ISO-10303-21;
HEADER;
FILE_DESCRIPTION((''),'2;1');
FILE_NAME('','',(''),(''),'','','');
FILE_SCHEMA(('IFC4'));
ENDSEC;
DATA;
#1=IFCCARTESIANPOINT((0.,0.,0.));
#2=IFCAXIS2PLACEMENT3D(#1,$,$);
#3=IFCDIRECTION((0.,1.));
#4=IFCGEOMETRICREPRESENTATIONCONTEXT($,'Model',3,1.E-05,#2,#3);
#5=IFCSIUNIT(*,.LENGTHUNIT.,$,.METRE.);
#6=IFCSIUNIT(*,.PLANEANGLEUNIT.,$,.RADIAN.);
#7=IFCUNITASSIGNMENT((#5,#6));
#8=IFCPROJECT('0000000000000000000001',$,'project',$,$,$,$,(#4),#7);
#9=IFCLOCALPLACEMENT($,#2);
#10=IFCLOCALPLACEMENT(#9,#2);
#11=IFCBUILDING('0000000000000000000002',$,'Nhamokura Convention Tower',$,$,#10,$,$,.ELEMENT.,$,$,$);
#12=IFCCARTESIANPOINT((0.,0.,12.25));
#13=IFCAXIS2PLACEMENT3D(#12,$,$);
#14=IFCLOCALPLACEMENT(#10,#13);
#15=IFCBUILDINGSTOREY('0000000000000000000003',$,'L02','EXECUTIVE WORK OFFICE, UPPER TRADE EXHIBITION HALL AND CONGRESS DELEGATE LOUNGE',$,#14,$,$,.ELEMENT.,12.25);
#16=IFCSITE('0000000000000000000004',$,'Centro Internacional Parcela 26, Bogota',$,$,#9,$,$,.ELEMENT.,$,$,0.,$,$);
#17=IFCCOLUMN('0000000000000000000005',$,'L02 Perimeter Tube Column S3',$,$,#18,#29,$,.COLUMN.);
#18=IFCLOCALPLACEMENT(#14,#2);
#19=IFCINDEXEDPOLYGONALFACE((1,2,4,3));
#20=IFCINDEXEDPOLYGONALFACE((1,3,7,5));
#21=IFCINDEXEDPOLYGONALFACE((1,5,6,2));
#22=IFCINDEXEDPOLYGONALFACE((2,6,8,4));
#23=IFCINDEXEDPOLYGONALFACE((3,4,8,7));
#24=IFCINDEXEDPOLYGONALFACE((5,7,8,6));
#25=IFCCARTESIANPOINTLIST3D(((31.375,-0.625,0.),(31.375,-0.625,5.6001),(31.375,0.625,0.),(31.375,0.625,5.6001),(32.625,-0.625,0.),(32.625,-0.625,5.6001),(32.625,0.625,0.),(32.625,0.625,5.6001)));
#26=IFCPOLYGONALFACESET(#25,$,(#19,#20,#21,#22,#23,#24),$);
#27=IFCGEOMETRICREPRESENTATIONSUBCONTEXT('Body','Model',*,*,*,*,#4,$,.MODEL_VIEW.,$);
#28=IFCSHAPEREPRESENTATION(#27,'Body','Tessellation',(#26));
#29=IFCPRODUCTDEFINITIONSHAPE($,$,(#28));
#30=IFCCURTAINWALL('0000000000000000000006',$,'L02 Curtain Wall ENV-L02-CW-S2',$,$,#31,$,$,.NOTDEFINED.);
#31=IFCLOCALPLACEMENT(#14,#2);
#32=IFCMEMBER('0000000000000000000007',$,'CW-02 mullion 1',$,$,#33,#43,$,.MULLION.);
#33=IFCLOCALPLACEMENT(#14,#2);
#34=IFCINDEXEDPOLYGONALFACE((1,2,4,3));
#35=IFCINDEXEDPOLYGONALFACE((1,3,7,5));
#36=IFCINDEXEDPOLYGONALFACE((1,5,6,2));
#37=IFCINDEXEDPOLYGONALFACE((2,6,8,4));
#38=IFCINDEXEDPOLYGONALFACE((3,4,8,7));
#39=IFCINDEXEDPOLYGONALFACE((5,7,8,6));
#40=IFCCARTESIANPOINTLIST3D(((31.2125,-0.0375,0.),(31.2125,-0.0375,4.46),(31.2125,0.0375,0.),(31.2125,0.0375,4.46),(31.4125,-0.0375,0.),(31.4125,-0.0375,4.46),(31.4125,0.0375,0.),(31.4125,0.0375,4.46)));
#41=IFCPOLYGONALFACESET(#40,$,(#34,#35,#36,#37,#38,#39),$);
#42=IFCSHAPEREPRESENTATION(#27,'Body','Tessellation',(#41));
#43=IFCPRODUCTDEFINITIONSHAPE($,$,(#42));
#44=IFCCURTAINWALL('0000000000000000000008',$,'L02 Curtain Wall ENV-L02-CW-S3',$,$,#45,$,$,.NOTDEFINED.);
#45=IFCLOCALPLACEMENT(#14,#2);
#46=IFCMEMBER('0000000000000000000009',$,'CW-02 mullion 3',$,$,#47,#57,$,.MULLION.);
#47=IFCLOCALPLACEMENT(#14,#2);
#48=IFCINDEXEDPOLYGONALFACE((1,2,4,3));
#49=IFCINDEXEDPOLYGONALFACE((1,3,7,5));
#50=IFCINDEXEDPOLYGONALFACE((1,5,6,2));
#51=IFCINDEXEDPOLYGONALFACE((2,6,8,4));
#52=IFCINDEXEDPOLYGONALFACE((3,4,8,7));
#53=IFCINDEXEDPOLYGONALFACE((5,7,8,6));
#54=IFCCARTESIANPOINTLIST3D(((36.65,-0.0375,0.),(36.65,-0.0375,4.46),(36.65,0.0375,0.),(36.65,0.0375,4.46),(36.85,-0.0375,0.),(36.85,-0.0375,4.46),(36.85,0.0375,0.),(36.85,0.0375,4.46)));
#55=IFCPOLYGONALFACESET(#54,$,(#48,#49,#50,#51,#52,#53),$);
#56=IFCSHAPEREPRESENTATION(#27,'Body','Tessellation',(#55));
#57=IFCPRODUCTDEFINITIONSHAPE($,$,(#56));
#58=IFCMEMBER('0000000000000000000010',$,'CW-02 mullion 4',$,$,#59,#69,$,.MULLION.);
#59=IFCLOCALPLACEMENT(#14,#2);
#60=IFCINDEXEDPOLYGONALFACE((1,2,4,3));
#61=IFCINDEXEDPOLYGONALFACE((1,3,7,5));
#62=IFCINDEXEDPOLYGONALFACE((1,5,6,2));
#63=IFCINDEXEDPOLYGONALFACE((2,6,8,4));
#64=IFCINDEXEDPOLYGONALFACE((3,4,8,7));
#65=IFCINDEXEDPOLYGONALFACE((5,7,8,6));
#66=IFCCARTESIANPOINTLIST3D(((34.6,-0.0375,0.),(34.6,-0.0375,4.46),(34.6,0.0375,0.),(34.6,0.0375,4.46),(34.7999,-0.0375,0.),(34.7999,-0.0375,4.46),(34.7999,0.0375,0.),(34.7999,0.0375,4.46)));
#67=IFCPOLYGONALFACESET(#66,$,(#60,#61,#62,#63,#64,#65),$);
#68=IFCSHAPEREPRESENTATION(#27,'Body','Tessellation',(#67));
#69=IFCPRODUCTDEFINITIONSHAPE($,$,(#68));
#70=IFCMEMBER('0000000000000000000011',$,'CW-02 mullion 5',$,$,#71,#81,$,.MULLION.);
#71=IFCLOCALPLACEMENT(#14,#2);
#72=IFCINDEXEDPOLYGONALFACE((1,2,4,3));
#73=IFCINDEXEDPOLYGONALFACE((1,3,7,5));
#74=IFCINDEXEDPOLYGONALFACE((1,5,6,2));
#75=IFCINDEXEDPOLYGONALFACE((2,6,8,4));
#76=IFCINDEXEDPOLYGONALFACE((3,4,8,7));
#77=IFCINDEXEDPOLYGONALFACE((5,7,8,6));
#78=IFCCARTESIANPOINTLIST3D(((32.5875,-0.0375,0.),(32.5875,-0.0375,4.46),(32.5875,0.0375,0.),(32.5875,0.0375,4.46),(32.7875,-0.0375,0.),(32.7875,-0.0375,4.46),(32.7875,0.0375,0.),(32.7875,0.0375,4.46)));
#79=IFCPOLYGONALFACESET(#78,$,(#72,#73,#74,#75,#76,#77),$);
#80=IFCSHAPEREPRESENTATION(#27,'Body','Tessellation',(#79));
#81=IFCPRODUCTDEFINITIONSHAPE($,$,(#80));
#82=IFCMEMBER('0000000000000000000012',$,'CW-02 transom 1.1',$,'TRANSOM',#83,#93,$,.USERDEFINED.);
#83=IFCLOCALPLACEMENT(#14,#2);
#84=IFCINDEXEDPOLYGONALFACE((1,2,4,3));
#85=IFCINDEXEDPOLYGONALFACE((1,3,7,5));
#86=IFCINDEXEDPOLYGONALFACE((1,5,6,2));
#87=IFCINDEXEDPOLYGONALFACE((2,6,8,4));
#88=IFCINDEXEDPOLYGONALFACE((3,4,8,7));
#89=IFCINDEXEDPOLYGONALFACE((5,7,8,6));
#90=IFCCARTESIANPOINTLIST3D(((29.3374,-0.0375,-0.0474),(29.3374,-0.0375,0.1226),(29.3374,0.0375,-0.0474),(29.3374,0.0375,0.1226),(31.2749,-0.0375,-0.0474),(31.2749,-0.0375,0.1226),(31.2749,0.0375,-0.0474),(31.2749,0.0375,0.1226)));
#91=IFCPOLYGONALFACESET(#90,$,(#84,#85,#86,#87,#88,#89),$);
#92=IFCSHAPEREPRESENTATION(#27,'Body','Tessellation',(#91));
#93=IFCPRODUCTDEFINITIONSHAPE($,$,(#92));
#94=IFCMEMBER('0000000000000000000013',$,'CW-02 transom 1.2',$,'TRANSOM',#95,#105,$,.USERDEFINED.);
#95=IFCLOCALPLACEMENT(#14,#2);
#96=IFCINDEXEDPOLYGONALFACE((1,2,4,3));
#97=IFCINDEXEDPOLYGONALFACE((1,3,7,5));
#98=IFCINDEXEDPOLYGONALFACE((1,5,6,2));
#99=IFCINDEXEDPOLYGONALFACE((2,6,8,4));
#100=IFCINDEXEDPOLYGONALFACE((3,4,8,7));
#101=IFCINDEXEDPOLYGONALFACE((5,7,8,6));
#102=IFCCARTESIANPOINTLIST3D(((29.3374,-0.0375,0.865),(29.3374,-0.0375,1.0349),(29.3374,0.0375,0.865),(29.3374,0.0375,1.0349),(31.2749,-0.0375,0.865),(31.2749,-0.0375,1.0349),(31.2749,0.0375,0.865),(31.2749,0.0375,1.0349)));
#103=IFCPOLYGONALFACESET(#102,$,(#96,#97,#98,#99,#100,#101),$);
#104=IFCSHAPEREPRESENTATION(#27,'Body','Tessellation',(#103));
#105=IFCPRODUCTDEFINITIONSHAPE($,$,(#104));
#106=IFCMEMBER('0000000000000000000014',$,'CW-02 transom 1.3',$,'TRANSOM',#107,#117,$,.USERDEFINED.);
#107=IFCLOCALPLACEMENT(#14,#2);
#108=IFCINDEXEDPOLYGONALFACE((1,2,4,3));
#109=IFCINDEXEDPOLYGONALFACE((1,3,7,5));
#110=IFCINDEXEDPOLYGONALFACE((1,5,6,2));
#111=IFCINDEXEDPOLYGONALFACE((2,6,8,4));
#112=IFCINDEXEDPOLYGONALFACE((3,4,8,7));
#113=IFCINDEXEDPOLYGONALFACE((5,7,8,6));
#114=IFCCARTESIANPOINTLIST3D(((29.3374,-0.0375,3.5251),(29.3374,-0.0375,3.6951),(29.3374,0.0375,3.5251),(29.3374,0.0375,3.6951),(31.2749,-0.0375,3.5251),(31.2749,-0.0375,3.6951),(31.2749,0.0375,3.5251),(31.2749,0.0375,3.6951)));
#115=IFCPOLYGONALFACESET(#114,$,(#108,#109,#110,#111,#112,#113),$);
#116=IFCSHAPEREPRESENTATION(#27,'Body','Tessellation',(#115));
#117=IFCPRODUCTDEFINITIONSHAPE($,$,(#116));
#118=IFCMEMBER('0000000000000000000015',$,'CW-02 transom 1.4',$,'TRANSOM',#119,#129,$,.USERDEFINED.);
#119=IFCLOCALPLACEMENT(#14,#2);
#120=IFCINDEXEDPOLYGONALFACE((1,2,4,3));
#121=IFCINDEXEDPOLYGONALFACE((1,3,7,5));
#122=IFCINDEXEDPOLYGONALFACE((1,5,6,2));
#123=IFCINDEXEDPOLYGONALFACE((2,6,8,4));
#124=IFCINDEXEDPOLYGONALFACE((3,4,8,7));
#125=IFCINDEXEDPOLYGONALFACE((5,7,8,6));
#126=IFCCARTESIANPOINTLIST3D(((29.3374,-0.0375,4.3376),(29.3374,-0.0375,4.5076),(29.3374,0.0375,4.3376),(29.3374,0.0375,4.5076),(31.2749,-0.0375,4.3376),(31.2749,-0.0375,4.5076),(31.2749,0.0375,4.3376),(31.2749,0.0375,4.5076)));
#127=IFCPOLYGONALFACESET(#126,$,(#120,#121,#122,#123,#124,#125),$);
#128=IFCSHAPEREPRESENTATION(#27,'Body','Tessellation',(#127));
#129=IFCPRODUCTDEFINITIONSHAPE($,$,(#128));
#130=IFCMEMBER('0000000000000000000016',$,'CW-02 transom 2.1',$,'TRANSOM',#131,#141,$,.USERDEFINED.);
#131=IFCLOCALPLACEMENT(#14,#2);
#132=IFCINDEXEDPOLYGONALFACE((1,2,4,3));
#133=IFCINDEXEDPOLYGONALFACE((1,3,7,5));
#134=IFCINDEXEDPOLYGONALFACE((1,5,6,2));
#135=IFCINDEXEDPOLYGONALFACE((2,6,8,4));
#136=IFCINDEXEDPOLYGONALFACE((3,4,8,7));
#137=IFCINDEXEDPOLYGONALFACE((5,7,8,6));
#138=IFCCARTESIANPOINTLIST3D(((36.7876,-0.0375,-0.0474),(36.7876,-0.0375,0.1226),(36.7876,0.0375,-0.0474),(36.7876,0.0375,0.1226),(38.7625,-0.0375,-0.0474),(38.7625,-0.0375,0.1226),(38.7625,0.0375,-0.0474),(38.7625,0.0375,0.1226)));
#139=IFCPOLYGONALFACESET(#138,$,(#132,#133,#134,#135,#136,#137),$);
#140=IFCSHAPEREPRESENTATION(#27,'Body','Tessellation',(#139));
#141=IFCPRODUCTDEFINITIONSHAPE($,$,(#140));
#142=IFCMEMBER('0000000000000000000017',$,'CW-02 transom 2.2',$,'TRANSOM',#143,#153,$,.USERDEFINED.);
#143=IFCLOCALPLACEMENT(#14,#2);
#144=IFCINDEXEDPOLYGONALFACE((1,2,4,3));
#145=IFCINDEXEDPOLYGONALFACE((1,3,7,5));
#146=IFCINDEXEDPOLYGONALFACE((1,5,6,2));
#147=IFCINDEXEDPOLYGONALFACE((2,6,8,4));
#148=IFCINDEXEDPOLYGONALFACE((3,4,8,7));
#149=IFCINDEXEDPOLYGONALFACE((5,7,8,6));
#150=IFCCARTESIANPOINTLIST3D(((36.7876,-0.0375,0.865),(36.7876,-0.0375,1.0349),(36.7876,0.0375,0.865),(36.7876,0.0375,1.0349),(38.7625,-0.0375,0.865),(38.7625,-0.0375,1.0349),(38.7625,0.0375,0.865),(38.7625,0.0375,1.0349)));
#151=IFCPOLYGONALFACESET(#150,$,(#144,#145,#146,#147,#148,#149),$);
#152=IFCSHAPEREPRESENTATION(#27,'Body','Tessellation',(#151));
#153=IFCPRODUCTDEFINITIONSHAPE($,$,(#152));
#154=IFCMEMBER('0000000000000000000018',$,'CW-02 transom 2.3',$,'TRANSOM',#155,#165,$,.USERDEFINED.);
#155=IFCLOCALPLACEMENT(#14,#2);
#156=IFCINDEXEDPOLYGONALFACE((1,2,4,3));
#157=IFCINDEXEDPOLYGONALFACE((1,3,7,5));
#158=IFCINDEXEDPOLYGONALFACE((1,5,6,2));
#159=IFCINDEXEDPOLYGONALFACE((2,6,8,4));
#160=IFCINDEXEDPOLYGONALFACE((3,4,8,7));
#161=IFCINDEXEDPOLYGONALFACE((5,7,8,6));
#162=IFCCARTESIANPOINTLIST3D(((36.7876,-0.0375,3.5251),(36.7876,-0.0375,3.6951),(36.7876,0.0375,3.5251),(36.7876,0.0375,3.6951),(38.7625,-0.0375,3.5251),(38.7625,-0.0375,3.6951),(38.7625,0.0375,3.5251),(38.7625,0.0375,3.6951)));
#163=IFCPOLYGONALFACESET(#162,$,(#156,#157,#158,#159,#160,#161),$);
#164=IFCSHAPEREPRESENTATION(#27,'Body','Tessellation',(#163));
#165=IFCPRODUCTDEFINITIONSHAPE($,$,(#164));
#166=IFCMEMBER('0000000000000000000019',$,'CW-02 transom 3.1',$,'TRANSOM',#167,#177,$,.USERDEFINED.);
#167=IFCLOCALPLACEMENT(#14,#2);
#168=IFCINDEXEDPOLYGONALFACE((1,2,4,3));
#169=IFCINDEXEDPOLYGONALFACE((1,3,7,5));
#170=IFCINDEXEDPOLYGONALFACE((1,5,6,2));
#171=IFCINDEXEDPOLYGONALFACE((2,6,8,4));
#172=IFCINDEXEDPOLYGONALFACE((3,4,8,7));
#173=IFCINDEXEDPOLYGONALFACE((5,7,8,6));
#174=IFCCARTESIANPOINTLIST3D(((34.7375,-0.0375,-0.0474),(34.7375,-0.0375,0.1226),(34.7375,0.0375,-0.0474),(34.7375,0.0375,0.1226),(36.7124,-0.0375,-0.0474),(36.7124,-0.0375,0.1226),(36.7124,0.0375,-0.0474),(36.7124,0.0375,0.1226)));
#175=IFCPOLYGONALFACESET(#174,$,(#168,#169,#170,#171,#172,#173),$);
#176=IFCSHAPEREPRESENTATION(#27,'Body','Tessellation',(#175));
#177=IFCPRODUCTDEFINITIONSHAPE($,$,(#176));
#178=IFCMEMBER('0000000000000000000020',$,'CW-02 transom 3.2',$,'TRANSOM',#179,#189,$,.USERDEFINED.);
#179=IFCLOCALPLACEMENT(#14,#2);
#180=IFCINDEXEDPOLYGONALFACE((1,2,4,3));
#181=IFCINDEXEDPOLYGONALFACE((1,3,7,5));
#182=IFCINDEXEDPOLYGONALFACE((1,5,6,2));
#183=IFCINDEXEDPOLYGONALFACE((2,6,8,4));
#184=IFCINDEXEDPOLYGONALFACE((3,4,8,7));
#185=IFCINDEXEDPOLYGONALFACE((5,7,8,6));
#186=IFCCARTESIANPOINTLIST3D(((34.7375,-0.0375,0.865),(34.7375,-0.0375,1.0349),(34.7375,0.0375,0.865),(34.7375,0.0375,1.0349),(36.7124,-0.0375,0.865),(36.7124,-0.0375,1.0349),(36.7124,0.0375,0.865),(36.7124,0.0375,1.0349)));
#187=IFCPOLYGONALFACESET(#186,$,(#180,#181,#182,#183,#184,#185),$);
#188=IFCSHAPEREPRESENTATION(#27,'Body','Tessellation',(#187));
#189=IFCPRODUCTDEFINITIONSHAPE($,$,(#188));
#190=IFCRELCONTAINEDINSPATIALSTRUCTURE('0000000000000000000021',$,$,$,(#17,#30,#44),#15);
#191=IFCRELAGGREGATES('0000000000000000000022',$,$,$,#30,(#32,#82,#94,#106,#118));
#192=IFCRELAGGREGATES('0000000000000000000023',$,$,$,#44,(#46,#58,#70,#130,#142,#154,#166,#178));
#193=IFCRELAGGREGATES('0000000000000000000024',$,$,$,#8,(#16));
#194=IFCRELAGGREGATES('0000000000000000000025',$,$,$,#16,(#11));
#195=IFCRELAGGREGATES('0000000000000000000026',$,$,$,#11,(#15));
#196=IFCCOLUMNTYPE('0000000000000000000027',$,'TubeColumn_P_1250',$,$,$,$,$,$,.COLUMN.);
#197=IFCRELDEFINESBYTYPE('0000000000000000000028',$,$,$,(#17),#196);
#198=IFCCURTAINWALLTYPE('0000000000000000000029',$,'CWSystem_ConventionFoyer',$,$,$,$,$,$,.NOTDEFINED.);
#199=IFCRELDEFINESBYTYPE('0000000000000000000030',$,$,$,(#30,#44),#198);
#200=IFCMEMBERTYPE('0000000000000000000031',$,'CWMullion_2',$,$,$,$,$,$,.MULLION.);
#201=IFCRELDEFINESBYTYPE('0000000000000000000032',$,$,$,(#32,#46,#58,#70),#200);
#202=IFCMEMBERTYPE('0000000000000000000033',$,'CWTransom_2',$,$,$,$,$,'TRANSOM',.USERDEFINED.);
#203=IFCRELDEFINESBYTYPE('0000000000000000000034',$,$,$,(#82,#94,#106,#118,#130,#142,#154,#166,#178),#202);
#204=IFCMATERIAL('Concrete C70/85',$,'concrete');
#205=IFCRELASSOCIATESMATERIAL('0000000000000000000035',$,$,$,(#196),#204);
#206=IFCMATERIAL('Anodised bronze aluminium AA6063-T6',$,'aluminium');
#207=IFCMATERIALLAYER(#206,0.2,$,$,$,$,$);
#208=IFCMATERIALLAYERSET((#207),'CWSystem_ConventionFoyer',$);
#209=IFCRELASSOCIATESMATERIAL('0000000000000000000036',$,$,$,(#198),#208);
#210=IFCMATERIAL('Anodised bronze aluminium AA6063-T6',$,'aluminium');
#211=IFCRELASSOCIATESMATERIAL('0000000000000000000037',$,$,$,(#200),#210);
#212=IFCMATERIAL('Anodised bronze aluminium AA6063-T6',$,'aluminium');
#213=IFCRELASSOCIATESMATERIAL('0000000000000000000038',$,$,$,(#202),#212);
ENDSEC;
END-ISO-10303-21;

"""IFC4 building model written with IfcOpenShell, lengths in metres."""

from ifc_helpers import new_model, si_unit, direction, frame, origin, origin_2d, place, context, subcontext, project, spatial, rectangle, extrude, material, layer, layer_set, material_profile, profile_set, type_object, element, aggregate, save


model = new_model("IFC4")

# Units and contexts
model_context = context("Model", 3, precision=1e-05, world=origin(), true_north=direction((0.0, 1.0)))
body_context = subcontext(model_context, "Body", "Model", "MODEL_VIEW")
ifc_project = project(units=[si_unit("LENGTHUNIT", "METRE"), si_unit("PLANEANGLEUNIT", "RADIAN")], contexts=[model_context])

# Site, building, storey
site_placement = place(None, origin())
site = spatial("IfcSite", under=ifc_project, at=site_placement, Name="Centro Internacional Parcela 26, Bogota", CompositionType="ELEMENT", RefElevation=0.0)
building_placement = place(site_placement, origin())
building = spatial("IfcBuilding", under=site, at=building_placement, Name="Nhamokura Convention Tower", CompositionType="ELEMENT")
storey_placement = place(building_placement, frame((0.0, 0.0, 12.25)))
storey = spatial("IfcBuildingStorey", under=building, at=storey_placement, Name="L02", Description="EXECUTIVE WORK OFFICE, UPPER TRADE EXHIBITION HALL AND CONGRESS DELEGATE LOUNGE", CompositionType="ELEMENT", Elevation=12.25)

# Column
ifc_material_1 = material(Name="Concrete C70/85", Category="concrete")
ifc_material_profile_1 = material_profile(ifc_material_1, rectangle(XDim=1.25, YDim=1.25, at=origin_2d()))
ifc_profile_set_1 = profile_set([ifc_material_profile_1], Name="Concrete C70/85")
column_type = type_object("IfcColumnType", Name="TubeColumn_P_1250", PredefinedType="COLUMN", material=ifc_profile_set_1)
column_placement = place(storey_placement, frame((32.0, 0.0, 0.0), z_axis=(0.0, 0.0, 1.0), x_axis=(1.0, 0.0, 0.0)))
element("IfcColumn", 1, at=column_placement, inside=storey, type_object=column_type, Name="L02 Perimeter Tube Column S3", PredefinedType="COLUMN", context=body_context, shape_type="SweptSolid", body=[
    extrude(rectangle(XDim=1.25, YDim=1.25, at=origin_2d()), origin(), (0.0, 0.0, 1.0), 5.6001),
])

# Curtain wall, member
ifc_material_2 = material(Name="Anodised bronze aluminium AA6063-T6", Category="aluminium")
ifc_layer_1 = layer(ifc_material_2, 0.2)
ifc_layer_set_1 = layer_set([ifc_layer_1], Name="CWSystem_ConventionFoyer")
curtain_wall_type = type_object("IfcCurtainWallType", Name="CWSystem_ConventionFoyer", PredefinedType="NOTDEFINED", material=ifc_layer_set_1)
curtain_wall_1_placement = place(storey_placement, origin())
curtain_wall_1 = element("IfcCurtainWall", 2, at=curtain_wall_1_placement, inside=storey, type_object=curtain_wall_type, Name="L02 Curtain Wall ENV-L02-CW-S2", PredefinedType="NOTDEFINED")
ifc_material_3 = material(Name="Anodised bronze aluminium AA6063-T6", Category="aluminium")
ifc_material_profile_2 = material_profile(ifc_material_3, rectangle(XDim=0.075, YDim=0.2, at=origin_2d()))
ifc_profile_set_2 = profile_set([ifc_material_profile_2], Name="Anodised bronze aluminium AA6063-T6")
member_type_1 = type_object("IfcMemberType", Name="CWMullion_2", PredefinedType="MULLION", material=ifc_profile_set_2)
member_1_placement = place(storey_placement, frame((31.3125, 0.0, 0.0), z_axis=(0.0, 0.0, 1.0), x_axis=(0.0, -1.0, 0.0)))
member_1 = element("IfcMember", 3, at=member_1_placement, type_object=member_type_1, Name="CW-02 mullion 1", PredefinedType="MULLION", context=body_context, shape_type="SweptSolid", body=[
    extrude(rectangle(XDim=0.075, YDim=0.2, at=origin_2d()), origin(), (0.0, 0.0, 1.0), 4.46),
])

# Curtain wall, members
curtain_wall_2_placement = place(storey_placement, origin())
curtain_wall_2 = element("IfcCurtainWall", 4, at=curtain_wall_2_placement, inside=storey, type_object=curtain_wall_type, Name="L02 Curtain Wall ENV-L02-CW-S3", PredefinedType="NOTDEFINED")
member_2_placement = place(storey_placement, frame((36.75, 0.0, 0.0), z_axis=(0.0, 0.0, 1.0), x_axis=(0.0, -1.0, 0.0)))
member_2 = element("IfcMember", 5, at=member_2_placement, type_object=member_type_1, Name="CW-02 mullion 3", PredefinedType="MULLION", context=body_context, shape_type="SweptSolid", body=[
    extrude(rectangle(XDim=0.075, YDim=0.2, at=origin_2d()), origin(), (0.0, 0.0, 1.0), 4.46),
])
member_3_placement = place(storey_placement, frame((34.7, 0.0, 0.0), z_axis=(0.0, 0.0, 1.0), x_axis=(0.0, -1.0, 0.0)))
member_3 = element("IfcMember", 6, at=member_3_placement, type_object=member_type_1, Name="CW-02 mullion 4", PredefinedType="MULLION", context=body_context, shape_type="SweptSolid", body=[
    extrude(rectangle(XDim=0.075, YDim=0.2, at=origin_2d()), origin(), (0.0, 0.0, 1.0), 4.46),
])
member_4_placement = place(storey_placement, frame((32.6875, 0.0, 0.0), z_axis=(0.0, 0.0, 1.0), x_axis=(0.0, -1.0, 0.0)))
member_4 = element("IfcMember", 7, at=member_4_placement, type_object=member_type_1, Name="CW-02 mullion 5", PredefinedType="MULLION", context=body_context, shape_type="SweptSolid", body=[
    extrude(rectangle(XDim=0.075, YDim=0.2, at=origin_2d()), origin(), (0.0, 0.0, 1.0), 4.46),
])

# Members
ifc_material_4 = material(Name="Anodised bronze aluminium AA6063-T6", Category="aluminium")
ifc_material_profile_3 = material_profile(ifc_material_4, rectangle(XDim=0.075, YDim=0.1699, at=origin_2d()))
ifc_profile_set_3 = profile_set([ifc_material_profile_3], Name="Anodised bronze aluminium AA6063-T6")
member_type_2 = type_object("IfcMemberType", Name="CWTransom_2", ElementType="TRANSOM", PredefinedType="USERDEFINED", material=ifc_profile_set_3)
member_5_placement = place(storey_placement, frame((31.2749, 0.0, 0.0376), z_axis=(-1.0, 0.0, 0.0), x_axis=(0.0, -1.0, 0.0)))
member_5 = element("IfcMember", 8, at=member_5_placement, type_object=member_type_2, Name="CW-02 transom 1.1", ObjectType="TRANSOM", PredefinedType="USERDEFINED", context=body_context, shape_type="SweptSolid", body=[
    extrude(rectangle(XDim=0.075, YDim=0.1699, at=origin_2d()), origin(), (0.0, 0.0, 1.0), 1.9375),
])
member_6_placement = place(storey_placement, frame((31.2749, 0.0, 0.95), z_axis=(-1.0, 0.0, 0.0), x_axis=(0.0, -1.0, 0.0)))
member_6 = element("IfcMember", 9, at=member_6_placement, type_object=member_type_2, Name="CW-02 transom 1.2", ObjectType="TRANSOM", PredefinedType="USERDEFINED", context=body_context, shape_type="SweptSolid", body=[
    extrude(rectangle(XDim=0.075, YDim=0.1699, at=origin_2d()), origin(), (0.0, 0.0, 1.0), 1.9375),
])
member_7_placement = place(storey_placement, frame((31.2749, 0.0, 3.6101), z_axis=(-1.0, 0.0, 0.0), x_axis=(0.0, -1.0, 0.0)))
member_7 = element("IfcMember", 10, at=member_7_placement, type_object=member_type_2, Name="CW-02 transom 1.3", ObjectType="TRANSOM", PredefinedType="USERDEFINED", context=body_context, shape_type="SweptSolid", body=[
    extrude(rectangle(XDim=0.075, YDim=0.1699, at=origin_2d()), origin(), (0.0, 0.0, 1.0), 1.9375),
])
member_8_placement = place(storey_placement, frame((31.2749, 0.0, 4.4226), z_axis=(-1.0, 0.0, 0.0), x_axis=(0.0, -1.0, 0.0)))
member_8 = element("IfcMember", 11, at=member_8_placement, type_object=member_type_2, Name="CW-02 transom 1.4", ObjectType="TRANSOM", PredefinedType="USERDEFINED", context=body_context, shape_type="SweptSolid", body=[
    extrude(rectangle(XDim=0.075, YDim=0.1699, at=origin_2d()), origin(), (0.0, 0.0, 1.0), 1.9375),
])
member_9_placement = place(storey_placement, frame((38.7625, 0.0, 0.0376), z_axis=(-1.0, 0.0, 0.0), x_axis=(0.0, -1.0, 0.0)))
member_9 = element("IfcMember", 12, at=member_9_placement, type_object=member_type_2, Name="CW-02 transom 2.1", ObjectType="TRANSOM", PredefinedType="USERDEFINED", context=body_context, shape_type="SweptSolid", body=[
    extrude(rectangle(XDim=0.075, YDim=0.1699, at=origin_2d()), origin(), (0.0, 0.0, 1.0), 1.9749),
])
member_10_placement = place(storey_placement, frame((38.7625, 0.0, 0.95), z_axis=(-1.0, 0.0, 0.0), x_axis=(0.0, -1.0, 0.0)))
member_10 = element("IfcMember", 13, at=member_10_placement, type_object=member_type_2, Name="CW-02 transom 2.2", ObjectType="TRANSOM", PredefinedType="USERDEFINED", context=body_context, shape_type="SweptSolid", body=[
    extrude(rectangle(XDim=0.075, YDim=0.1699, at=origin_2d()), origin(), (0.0, 0.0, 1.0), 1.9749),
])
member_11_placement = place(storey_placement, frame((38.7625, 0.0, 3.6101), z_axis=(-1.0, 0.0, 0.0), x_axis=(0.0, -1.0, 0.0)))
member_11 = element("IfcMember", 14, at=member_11_placement, type_object=member_type_2, Name="CW-02 transom 2.3", ObjectType="TRANSOM", PredefinedType="USERDEFINED", context=body_context, shape_type="SweptSolid", body=[
    extrude(rectangle(XDim=0.075, YDim=0.1699, at=origin_2d()), origin(), (0.0, 0.0, 1.0), 1.9749),
])
member_12_placement = place(storey_placement, frame((36.7124, 0.0, 0.0376), z_axis=(-1.0, 0.0, 0.0), x_axis=(0.0, -1.0, 0.0)))
member_12 = element("IfcMember", 15, at=member_12_placement, type_object=member_type_2, Name="CW-02 transom 3.1", ObjectType="TRANSOM", PredefinedType="USERDEFINED", context=body_context, shape_type="SweptSolid", body=[
    extrude(rectangle(XDim=0.075, YDim=0.1699, at=origin_2d()), origin(), (0.0, 0.0, 1.0), 1.9749),
])
member_13_placement = place(storey_placement, frame((36.7124, 0.0, 0.95), z_axis=(-1.0, 0.0, 0.0), x_axis=(0.0, -1.0, 0.0)))
member_13 = element("IfcMember", 16, at=member_13_placement, type_object=member_type_2, Name="CW-02 transom 3.2", ObjectType="TRANSOM", PredefinedType="USERDEFINED", context=body_context, shape_type="SweptSolid", body=[
    extrude(rectangle(XDim=0.075, YDim=0.1699, at=origin_2d()), origin(), (0.0, 0.0, 1.0), 1.9749),
])

aggregate(curtain_wall_1, [member_1, member_5, member_6, member_7, member_8])
aggregate(curtain_wall_2, [member_2, member_3, member_4, member_9, member_10, member_11, member_12, member_13])

save(model, "model.ifc")
